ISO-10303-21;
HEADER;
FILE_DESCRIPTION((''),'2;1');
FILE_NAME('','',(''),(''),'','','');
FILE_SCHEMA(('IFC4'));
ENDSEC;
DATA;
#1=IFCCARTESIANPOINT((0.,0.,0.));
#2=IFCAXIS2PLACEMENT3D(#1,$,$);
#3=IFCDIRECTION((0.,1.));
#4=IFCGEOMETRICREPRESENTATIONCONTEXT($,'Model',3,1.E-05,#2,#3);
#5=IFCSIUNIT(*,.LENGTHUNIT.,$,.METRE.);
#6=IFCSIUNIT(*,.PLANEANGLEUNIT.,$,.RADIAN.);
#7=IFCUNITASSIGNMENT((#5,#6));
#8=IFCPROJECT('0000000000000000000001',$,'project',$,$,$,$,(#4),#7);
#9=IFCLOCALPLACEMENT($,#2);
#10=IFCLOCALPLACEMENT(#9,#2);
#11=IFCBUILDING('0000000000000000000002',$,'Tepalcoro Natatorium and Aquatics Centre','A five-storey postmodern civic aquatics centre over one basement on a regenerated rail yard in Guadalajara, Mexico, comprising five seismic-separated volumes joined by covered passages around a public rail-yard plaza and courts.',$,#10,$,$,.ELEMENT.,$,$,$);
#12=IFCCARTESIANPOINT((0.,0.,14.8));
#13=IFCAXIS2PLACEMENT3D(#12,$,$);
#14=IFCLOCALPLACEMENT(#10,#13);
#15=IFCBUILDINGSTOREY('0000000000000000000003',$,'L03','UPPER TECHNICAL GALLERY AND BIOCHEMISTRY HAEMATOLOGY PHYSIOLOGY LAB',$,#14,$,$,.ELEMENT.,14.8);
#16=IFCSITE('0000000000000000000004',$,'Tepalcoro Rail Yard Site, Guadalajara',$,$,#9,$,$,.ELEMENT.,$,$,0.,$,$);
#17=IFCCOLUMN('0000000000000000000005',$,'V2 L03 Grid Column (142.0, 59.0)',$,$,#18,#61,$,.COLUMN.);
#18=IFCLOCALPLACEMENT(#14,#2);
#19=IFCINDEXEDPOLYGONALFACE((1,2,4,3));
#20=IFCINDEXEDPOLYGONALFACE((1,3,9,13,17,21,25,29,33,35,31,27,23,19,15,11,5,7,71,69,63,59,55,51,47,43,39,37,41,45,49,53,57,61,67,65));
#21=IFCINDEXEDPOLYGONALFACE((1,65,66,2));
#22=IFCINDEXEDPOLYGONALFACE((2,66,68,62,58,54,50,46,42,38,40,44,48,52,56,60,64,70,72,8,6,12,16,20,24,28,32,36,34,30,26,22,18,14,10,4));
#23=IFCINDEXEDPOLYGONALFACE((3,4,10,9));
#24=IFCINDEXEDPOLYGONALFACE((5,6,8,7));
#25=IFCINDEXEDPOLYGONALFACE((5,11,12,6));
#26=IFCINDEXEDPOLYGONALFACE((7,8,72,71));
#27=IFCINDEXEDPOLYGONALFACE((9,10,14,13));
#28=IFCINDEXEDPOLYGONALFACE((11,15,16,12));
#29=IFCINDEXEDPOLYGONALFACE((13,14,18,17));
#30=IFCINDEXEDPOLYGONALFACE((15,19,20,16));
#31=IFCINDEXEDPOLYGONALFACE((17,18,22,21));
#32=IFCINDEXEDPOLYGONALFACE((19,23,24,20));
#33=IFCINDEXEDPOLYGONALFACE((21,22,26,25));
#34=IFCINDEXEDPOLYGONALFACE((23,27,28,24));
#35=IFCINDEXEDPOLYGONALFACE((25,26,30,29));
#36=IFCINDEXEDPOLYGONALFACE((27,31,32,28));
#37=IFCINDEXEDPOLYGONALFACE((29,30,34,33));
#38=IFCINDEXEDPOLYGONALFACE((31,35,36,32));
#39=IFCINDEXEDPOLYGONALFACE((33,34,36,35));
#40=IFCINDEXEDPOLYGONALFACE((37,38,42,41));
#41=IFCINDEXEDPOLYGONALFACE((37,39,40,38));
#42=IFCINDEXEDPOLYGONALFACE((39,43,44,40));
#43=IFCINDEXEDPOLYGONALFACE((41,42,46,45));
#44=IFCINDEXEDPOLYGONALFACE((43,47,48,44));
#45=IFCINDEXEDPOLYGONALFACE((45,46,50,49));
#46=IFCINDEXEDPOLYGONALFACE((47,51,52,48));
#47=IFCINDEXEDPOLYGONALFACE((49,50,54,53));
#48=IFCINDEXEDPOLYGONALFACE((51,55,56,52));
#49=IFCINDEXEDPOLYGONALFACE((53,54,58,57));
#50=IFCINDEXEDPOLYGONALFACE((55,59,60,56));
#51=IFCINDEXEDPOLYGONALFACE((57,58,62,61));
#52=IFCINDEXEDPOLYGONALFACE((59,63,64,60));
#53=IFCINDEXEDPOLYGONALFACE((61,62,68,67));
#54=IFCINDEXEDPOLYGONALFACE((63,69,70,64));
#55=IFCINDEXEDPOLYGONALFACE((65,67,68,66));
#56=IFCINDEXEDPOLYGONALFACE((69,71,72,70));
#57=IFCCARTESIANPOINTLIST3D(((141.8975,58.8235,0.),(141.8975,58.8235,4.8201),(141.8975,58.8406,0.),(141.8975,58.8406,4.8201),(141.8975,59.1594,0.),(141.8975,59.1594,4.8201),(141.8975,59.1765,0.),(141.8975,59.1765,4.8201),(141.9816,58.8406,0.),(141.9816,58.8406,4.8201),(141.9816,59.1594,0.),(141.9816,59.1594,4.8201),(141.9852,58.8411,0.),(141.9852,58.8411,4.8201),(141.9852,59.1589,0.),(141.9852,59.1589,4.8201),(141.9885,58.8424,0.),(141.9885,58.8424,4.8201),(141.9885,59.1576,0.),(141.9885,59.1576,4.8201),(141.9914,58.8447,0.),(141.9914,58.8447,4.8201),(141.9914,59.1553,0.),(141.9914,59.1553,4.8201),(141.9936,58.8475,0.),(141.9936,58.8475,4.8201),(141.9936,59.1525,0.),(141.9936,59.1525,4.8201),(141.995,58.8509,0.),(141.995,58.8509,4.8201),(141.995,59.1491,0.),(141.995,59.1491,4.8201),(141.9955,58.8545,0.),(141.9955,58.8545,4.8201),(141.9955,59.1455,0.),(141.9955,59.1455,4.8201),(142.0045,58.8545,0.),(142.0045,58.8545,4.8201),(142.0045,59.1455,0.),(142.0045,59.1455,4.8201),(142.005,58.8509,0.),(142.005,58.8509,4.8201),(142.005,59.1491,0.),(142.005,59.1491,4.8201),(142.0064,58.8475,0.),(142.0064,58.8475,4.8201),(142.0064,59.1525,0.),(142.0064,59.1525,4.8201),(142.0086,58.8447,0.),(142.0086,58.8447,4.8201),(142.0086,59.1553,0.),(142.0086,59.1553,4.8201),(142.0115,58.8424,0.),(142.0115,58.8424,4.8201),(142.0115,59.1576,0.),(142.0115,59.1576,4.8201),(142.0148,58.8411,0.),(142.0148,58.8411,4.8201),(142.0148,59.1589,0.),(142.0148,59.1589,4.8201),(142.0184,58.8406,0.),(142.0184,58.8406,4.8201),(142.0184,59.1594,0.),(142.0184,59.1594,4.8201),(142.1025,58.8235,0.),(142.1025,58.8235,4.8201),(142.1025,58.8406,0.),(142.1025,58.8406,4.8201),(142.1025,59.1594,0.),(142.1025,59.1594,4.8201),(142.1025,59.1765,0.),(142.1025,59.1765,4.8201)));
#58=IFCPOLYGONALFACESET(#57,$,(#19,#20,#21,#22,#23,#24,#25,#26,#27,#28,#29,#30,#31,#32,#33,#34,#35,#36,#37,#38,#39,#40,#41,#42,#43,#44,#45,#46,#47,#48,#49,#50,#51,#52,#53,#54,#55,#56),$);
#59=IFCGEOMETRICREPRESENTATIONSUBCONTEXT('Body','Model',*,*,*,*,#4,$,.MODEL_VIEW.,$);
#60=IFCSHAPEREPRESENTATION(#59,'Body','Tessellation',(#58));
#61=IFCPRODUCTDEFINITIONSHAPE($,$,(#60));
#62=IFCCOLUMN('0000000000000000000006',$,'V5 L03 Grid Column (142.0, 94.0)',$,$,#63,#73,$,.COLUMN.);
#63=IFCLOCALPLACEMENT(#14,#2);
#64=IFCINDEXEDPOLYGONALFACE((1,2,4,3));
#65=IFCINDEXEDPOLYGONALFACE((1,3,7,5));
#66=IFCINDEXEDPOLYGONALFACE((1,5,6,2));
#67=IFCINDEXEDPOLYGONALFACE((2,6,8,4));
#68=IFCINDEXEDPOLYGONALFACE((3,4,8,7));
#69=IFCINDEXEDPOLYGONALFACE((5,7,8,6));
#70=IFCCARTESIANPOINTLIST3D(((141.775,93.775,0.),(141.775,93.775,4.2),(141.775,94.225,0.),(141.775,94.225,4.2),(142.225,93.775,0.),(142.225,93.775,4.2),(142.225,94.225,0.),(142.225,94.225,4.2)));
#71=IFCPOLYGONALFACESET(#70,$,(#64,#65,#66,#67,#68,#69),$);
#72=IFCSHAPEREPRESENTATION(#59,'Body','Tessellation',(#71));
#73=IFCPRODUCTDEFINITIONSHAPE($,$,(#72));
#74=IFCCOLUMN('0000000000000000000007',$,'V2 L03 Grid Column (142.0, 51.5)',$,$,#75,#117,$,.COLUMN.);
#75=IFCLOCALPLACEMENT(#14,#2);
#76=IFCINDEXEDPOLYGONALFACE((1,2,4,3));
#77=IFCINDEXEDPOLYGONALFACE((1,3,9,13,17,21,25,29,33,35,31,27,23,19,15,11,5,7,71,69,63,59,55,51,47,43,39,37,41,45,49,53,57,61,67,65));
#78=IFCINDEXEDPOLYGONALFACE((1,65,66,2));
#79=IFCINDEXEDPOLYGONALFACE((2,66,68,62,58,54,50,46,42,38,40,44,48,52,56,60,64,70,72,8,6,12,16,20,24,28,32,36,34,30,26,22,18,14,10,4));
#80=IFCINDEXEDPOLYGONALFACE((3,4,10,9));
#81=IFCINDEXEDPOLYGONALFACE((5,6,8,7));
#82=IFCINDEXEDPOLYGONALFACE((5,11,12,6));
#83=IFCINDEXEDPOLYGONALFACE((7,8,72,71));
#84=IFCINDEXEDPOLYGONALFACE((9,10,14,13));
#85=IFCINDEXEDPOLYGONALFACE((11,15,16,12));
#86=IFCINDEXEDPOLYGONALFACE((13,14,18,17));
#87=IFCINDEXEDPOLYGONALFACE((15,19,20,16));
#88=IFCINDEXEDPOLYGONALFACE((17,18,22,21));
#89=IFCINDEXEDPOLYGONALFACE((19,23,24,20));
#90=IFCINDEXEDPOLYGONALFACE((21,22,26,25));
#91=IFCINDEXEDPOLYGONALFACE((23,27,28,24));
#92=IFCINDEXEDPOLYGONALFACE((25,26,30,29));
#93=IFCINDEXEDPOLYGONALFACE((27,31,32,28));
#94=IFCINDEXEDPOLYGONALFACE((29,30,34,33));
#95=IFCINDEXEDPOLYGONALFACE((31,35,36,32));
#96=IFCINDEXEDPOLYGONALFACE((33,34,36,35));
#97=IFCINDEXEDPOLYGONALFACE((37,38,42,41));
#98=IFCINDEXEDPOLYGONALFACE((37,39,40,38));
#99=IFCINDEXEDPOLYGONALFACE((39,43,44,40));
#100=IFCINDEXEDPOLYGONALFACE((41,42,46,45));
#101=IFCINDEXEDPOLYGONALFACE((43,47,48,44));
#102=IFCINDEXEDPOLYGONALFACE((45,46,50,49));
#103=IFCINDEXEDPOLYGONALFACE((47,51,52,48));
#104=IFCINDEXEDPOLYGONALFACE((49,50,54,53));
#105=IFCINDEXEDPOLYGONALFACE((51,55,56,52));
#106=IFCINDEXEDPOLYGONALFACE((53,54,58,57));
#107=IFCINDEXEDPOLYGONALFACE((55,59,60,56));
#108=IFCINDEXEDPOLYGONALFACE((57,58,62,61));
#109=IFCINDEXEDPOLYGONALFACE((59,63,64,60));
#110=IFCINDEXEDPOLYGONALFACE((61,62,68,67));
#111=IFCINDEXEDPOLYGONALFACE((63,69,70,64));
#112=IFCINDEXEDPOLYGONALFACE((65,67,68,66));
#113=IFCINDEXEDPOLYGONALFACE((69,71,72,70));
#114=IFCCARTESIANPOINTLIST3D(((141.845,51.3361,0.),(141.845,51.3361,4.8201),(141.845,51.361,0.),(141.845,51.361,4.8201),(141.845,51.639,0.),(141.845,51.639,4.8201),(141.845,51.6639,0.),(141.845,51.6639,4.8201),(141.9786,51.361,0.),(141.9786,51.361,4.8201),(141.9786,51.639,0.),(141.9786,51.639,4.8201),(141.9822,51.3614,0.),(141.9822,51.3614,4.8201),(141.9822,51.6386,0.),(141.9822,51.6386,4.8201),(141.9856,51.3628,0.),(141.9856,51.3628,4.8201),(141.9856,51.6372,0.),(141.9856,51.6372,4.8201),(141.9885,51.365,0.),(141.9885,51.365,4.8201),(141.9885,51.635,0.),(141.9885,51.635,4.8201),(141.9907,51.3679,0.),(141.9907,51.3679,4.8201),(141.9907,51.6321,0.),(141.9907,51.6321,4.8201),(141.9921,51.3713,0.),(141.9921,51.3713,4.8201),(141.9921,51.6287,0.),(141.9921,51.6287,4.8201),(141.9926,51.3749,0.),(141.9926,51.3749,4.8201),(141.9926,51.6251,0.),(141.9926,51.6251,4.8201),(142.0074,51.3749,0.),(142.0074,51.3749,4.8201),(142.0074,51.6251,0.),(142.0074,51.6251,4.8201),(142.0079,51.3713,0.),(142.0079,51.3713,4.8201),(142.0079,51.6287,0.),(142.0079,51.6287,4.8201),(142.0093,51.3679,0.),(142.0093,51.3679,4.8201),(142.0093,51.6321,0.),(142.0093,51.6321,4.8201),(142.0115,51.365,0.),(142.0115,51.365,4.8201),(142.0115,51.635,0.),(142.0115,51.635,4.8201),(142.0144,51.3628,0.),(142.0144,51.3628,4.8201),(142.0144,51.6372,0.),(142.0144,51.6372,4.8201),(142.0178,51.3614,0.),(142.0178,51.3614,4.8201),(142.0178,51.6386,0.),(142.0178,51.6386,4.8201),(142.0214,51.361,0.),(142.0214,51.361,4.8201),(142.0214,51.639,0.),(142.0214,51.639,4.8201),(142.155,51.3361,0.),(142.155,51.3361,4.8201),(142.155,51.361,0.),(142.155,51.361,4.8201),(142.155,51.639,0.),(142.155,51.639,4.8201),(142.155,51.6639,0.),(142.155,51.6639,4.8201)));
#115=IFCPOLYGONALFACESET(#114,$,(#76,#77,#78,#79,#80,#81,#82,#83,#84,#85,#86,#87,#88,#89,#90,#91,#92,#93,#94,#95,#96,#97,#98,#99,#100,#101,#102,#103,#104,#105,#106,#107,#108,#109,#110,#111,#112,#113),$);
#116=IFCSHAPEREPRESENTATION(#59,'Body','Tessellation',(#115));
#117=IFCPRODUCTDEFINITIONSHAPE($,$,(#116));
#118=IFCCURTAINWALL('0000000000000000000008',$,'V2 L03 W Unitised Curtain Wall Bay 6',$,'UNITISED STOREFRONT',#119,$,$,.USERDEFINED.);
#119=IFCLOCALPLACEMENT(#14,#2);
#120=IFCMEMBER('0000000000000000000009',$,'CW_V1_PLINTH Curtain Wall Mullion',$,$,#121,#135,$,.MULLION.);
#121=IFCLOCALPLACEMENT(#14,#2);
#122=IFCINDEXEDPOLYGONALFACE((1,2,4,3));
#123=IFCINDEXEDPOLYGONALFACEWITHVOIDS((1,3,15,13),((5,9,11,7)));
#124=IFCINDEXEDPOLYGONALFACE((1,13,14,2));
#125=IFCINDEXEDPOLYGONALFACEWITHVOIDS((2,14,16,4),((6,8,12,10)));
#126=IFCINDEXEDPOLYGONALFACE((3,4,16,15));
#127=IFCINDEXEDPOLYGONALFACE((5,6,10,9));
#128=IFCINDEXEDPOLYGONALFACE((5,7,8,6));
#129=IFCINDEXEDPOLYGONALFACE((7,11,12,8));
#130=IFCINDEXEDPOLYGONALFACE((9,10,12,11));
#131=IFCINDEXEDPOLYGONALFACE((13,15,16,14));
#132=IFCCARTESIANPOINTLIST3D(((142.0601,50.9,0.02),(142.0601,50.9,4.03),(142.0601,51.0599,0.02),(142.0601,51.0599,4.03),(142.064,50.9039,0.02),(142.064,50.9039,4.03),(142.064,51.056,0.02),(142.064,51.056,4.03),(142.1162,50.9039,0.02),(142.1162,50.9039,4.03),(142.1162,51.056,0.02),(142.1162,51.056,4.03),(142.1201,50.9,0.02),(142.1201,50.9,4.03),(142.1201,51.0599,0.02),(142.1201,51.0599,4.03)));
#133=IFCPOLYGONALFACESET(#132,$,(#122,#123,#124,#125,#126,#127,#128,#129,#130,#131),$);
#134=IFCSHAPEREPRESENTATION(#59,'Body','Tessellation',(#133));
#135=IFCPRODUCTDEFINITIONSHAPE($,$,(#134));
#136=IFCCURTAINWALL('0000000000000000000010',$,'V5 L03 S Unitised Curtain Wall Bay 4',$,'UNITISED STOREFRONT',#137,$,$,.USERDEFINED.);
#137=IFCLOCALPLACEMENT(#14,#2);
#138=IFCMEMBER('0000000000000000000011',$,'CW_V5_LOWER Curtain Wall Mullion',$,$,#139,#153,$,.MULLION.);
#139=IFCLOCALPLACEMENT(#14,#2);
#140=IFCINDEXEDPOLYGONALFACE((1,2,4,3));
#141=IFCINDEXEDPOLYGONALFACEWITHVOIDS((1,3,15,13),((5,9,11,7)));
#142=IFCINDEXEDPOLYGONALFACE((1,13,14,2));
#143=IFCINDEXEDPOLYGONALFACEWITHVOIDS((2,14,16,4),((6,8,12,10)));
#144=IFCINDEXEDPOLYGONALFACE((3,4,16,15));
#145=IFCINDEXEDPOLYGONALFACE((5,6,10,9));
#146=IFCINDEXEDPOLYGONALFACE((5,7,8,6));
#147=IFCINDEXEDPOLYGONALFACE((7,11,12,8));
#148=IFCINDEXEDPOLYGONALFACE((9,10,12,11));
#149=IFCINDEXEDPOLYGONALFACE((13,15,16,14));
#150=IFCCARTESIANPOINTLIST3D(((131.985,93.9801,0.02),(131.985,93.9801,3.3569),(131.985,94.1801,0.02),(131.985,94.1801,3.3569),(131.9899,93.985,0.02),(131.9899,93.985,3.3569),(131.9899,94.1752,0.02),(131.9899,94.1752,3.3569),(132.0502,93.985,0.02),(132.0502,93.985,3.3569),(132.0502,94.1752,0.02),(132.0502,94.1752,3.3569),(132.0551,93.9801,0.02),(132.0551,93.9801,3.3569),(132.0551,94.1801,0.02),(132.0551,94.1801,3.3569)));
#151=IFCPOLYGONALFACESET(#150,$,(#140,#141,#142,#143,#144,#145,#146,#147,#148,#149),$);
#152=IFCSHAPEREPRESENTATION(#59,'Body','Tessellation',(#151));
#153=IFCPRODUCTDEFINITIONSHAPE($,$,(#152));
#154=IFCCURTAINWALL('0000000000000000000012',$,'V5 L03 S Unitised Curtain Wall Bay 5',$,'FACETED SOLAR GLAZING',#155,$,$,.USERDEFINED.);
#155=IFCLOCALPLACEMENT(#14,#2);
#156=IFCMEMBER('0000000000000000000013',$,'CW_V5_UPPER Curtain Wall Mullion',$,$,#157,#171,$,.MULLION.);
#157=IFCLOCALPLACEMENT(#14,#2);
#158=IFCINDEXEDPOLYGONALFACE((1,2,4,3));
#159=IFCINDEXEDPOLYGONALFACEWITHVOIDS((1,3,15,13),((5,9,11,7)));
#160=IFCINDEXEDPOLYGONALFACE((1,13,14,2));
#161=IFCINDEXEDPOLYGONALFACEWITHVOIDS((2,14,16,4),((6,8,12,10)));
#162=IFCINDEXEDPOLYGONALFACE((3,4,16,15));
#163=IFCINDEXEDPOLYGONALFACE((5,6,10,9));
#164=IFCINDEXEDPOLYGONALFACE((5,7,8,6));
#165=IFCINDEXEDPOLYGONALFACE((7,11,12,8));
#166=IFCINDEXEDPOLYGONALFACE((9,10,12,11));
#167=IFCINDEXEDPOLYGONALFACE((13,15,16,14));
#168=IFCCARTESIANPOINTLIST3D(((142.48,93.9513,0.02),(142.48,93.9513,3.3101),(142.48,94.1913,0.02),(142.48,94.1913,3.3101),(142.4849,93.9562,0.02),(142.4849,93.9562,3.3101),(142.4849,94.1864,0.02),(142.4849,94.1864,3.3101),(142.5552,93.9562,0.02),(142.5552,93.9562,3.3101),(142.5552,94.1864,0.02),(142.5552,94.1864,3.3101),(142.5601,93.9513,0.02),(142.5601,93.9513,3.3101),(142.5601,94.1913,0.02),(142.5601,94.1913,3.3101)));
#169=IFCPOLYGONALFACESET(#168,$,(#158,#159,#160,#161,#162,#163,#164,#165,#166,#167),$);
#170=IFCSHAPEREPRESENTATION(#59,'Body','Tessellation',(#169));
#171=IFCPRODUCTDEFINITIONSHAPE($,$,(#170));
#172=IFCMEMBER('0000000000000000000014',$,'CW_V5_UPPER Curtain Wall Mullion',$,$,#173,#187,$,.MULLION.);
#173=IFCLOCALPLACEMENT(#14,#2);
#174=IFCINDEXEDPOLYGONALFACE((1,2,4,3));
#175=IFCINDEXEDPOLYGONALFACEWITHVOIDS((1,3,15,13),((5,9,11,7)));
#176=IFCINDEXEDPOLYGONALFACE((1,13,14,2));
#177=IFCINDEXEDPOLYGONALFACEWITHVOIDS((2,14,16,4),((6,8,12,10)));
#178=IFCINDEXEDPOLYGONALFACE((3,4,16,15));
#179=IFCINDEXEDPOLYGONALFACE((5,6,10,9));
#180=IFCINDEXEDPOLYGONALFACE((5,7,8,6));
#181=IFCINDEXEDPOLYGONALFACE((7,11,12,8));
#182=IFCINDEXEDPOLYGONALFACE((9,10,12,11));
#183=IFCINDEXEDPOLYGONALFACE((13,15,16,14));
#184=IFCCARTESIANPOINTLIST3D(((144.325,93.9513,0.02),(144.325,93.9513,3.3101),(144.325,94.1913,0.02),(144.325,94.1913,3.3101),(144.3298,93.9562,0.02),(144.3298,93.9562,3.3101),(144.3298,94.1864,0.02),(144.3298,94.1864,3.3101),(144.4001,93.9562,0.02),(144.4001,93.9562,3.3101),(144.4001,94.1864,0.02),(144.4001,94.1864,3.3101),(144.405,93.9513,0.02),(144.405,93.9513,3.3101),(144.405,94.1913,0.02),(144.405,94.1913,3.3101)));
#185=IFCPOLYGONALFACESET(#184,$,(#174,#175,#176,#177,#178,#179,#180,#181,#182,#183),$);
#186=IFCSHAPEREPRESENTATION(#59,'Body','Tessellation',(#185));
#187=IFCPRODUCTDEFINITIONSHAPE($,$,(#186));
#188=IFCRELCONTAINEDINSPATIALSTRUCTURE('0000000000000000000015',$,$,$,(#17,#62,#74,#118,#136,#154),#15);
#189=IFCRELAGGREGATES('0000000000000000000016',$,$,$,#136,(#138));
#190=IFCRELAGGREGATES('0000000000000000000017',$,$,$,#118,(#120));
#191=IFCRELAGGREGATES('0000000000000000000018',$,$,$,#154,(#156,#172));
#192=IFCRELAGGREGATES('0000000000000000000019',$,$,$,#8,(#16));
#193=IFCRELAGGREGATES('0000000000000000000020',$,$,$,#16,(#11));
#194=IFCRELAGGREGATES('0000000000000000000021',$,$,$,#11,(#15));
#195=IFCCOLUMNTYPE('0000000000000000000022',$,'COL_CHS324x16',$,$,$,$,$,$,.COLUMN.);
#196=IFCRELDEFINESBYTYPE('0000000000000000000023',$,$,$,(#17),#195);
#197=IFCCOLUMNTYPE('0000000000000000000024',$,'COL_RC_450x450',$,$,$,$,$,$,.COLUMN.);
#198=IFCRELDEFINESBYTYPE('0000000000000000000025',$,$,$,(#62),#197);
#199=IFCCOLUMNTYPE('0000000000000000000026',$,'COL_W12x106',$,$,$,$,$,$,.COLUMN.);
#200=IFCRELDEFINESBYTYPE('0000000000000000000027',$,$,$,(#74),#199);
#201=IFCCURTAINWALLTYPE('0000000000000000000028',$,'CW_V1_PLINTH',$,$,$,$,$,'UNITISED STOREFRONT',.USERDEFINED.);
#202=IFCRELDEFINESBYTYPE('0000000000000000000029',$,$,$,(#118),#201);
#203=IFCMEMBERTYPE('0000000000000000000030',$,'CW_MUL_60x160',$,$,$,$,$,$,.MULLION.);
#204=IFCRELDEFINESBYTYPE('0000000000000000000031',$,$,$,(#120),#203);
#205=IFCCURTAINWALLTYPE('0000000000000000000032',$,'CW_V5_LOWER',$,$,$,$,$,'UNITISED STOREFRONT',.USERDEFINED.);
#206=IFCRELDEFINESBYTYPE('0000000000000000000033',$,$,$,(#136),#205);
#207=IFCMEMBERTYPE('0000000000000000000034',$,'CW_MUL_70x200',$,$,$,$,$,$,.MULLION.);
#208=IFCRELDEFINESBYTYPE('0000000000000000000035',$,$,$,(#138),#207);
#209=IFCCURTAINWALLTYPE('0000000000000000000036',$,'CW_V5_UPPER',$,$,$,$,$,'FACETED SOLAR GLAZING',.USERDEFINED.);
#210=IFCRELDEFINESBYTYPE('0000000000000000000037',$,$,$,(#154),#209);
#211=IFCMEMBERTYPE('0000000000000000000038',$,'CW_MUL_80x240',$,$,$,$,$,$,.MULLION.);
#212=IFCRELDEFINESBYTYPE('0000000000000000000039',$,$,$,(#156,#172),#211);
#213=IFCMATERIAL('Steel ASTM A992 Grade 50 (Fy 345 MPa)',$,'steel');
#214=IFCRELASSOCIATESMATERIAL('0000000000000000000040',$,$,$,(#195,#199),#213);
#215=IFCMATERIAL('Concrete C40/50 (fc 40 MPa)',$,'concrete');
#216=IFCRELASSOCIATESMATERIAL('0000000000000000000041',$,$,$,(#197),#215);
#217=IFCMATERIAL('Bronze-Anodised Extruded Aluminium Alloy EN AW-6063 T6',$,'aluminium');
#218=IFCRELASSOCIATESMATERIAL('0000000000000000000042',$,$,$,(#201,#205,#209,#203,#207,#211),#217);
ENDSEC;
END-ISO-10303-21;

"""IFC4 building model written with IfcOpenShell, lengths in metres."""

from ifc_helpers import new_model, si_unit, direction, frame, origin, origin_2d, place, context, subcontext, project, spatial, rectangle, hollow_rectangle, i_section, extrude, material, material_profile, profile_set, type_object, element, aggregate, save


model = new_model("IFC4")

# Units and contexts
model_context = context("Model", 3, precision=1e-05, world=origin(), true_north=direction((0.0, 1.0)))
body_context = subcontext(model_context, "Body", "Model", "MODEL_VIEW")
ifc_project = project(units=[si_unit("LENGTHUNIT", "METRE"), si_unit("PLANEANGLEUNIT", "RADIAN")], contexts=[model_context])

# Site, building, storey
site_placement = place(None, origin())
site = spatial("IfcSite", under=ifc_project, at=site_placement, Name="Tepalcoro Rail Yard Site, Guadalajara", CompositionType="ELEMENT", RefElevation=0.0)
building_placement = place(site_placement, origin())
building = spatial("IfcBuilding", under=site, at=building_placement, Name="Tepalcoro Natatorium and Aquatics Centre", Description="A five-storey postmodern civic aquatics centre over one basement on a regenerated rail yard in Guadalajara, Mexico, comprising five seismic-separated volumes joined by covered passages around a public rail-yard plaza and courts.", CompositionType="ELEMENT")
storey_placement = place(building_placement, frame((0.0, 0.0, 14.8)))
storey = spatial("IfcBuildingStorey", under=building, at=storey_placement, Name="L03", Description="UPPER TECHNICAL GALLERY AND BIOCHEMISTRY HAEMATOLOGY PHYSIOLOGY LAB", CompositionType="ELEMENT", Elevation=14.8)

# Columns
ifc_material_1 = material(Name="Steel ASTM A992 Grade 50 (Fy 345 MPa)", Category="steel")
ifc_material_profile_1 = material_profile(ifc_material_1, i_section(OverallWidth=0.2051, OverallDepth=0.353, WebThickness=0.009, FlangeThickness=0.0171, FilletRadius=0.0139, at=origin_2d()), Name="W14X53")
ifc_profile_set_1 = profile_set([ifc_material_profile_1], Name="Steel ASTM A992 Grade 50 (Fy 345 MPa)")
column_type_1 = type_object("IfcColumnType", Name="COL_CHS324x16", PredefinedType="COLUMN", material=ifc_profile_set_1)
column_1_placement = place(storey_placement, frame((142.0, 59.0, 0.0), z_axis=(0.0, 0.0, 1.0), x_axis=(1.0, 0.0, 0.0)))
element("IfcColumn", 1, at=column_1_placement, inside=storey, type_object=column_type_1, Name="V2 L03 Grid Column (142.0, 59.0)", PredefinedType="COLUMN", context=body_context, shape_type="SweptSolid", body=[
    extrude(i_section(OverallWidth=0.2051, OverallDepth=0.353, WebThickness=0.009, FlangeThickness=0.0171, FilletRadius=0.0139, at=origin_2d()), origin(), (0.0, 0.0, 1.0), 4.8201),
])
ifc_material_2 = material(Name="Concrete C40/50 (fc 40 MPa)", Category="concrete")
ifc_material_profile_2 = material_profile(ifc_material_2, rectangle(XDim=0.45, YDim=0.45, at=origin_2d()), Name="RC450x450")
ifc_profile_set_2 = profile_set([ifc_material_profile_2], Name="Concrete C40/50 (fc 40 MPa)")
column_type_2 = type_object("IfcColumnType", Name="COL_RC_450x450", PredefinedType="COLUMN", material=ifc_profile_set_2)
column_2_placement = place(storey_placement, frame((142.0, 94.0, 0.0), z_axis=(0.0, 0.0, 1.0), x_axis=(1.0, 0.0, 0.0)))
element("IfcColumn", 2, at=column_2_placement, inside=storey, type_object=column_type_2, Name="V5 L03 Grid Column (142.0, 94.0)", PredefinedType="COLUMN", context=body_context, shape_type="SweptSolid", body=[
    extrude(rectangle(XDim=0.45, YDim=0.45, at=origin_2d()), origin(), (0.0, 0.0, 1.0), 4.2),
])
ifc_material_profile_3 = material_profile(ifc_material_1, i_section(OverallWidth=0.3101, OverallDepth=0.3279, WebThickness=0.0149, FlangeThickness=0.0249, FilletRadius=0.0139, at=origin_2d()), Name="W12X106")
ifc_profile_set_3 = profile_set([ifc_material_profile_3], Name="Steel ASTM A992 Grade 50 (Fy 345 MPa)")
column_type_3 = type_object("IfcColumnType", Name="COL_W12x106", PredefinedType="COLUMN", material=ifc_profile_set_3)
column_3_placement = place(storey_placement, frame((142.0, 51.5, 0.0), z_axis=(0.0, 0.0, 1.0), x_axis=(1.0, 0.0, 0.0)))
element("IfcColumn", 3, at=column_3_placement, inside=storey, type_object=column_type_3, Name="V2 L03 Grid Column (142.0, 51.5)", PredefinedType="COLUMN", context=body_context, shape_type="SweptSolid", body=[
    extrude(i_section(OverallWidth=0.3101, OverallDepth=0.3279, WebThickness=0.0149, FlangeThickness=0.0249, FilletRadius=0.0139, at=origin_2d()), origin(), (0.0, 0.0, 1.0), 4.8201),
])

# Curtain walls, members
ifc_material_3 = material(Name="Bronze-Anodised Extruded Aluminium Alloy EN AW-6063 T6", Category="aluminium")
curtain_wall_type_1 = type_object("IfcCurtainWallType", Name="CW_V1_PLINTH", ElementType="UNITISED STOREFRONT", PredefinedType="USERDEFINED", material=ifc_material_3)
curtain_wall_1_placement = place(storey_placement, origin())
curtain_wall_1 = element("IfcCurtainWall", 4, at=curtain_wall_1_placement, inside=storey, type_object=curtain_wall_type_1, Name="V2 L03 W Unitised Curtain Wall Bay 6", ObjectType="UNITISED STOREFRONT", PredefinedType="USERDEFINED")
ifc_material_profile_4 = material_profile(ifc_material_3, hollow_rectangle(XDim=0.0601, YDim=0.1599, WallThickness=0.0039, at=origin_2d()), Name="AL60X160X4")
ifc_profile_set_4 = profile_set([ifc_material_profile_4], Name="Bronze-Anodised Extruded Aluminium Alloy EN AW-6063 T6")
member_type_1 = type_object("IfcMemberType", Name="CW_MUL_60x160", PredefinedType="MULLION", material=ifc_profile_set_4)
member_1_placement = place(storey_placement, frame((142.0901, 50.98, 0.02), z_axis=(0.0, 0.0, 1.0), x_axis=(1.0, 0.0, 0.0)))
member_1 = element("IfcMember", 5, at=member_1_placement, type_object=member_type_1, Name="CW_V1_PLINTH Curtain Wall Mullion", PredefinedType="MULLION", context=body_context, shape_type="SweptSolid", body=[
    extrude(hollow_rectangle(XDim=0.0601, YDim=0.1599, WallThickness=0.0039, at=origin_2d()), origin(), (0.0, 0.0, 1.0), 4.01),
])
curtain_wall_type_2 = type_object("IfcCurtainWallType", Name="CW_V5_LOWER", ElementType="UNITISED STOREFRONT", PredefinedType="USERDEFINED", material=ifc_material_3)
curtain_wall_2_placement = place(storey_placement, origin())
curtain_wall_2 = element("IfcCurtainWall", 6, at=curtain_wall_2_placement, inside=storey, type_object=curtain_wall_type_2, Name="V5 L03 S Unitised Curtain Wall Bay 4", ObjectType="UNITISED STOREFRONT", PredefinedType="USERDEFINED")
ifc_material_profile_5 = material_profile(ifc_material_3, hollow_rectangle(XDim=0.0701, YDim=0.2, WallThickness=0.0049, at=origin_2d()), Name="AL70X200X5")
ifc_profile_set_5 = profile_set([ifc_material_profile_5], Name="Bronze-Anodised Extruded Aluminium Alloy EN AW-6063 T6")
member_type_2 = type_object("IfcMemberType", Name="CW_MUL_70x200", PredefinedType="MULLION", material=ifc_profile_set_5)
member_2_placement = place(storey_placement, frame((132.02, 94.0801, 0.02), z_axis=(0.0, 0.0, 1.0), x_axis=(1.0, 0.0, 0.0)))
member_2 = element("IfcMember", 7, at=member_2_placement, type_object=member_type_2, Name="CW_V5_LOWER Curtain Wall Mullion", PredefinedType="MULLION", context=body_context, shape_type="SweptSolid", body=[
    extrude(hollow_rectangle(XDim=0.0701, YDim=0.2, WallThickness=0.0049, at=origin_2d()), origin(), (0.0, 0.0, 1.0), 3.3369),
])

# Curtain wall, members
curtain_wall_type_3 = type_object("IfcCurtainWallType", Name="CW_V5_UPPER", ElementType="FACETED SOLAR GLAZING", PredefinedType="USERDEFINED", material=ifc_material_3)
curtain_wall_3_placement = place(storey_placement, origin())
curtain_wall_3 = element("IfcCurtainWall", 8, at=curtain_wall_3_placement, inside=storey, type_object=curtain_wall_type_3, Name="V5 L03 S Unitised Curtain Wall Bay 5", ObjectType="FACETED SOLAR GLAZING", PredefinedType="USERDEFINED")
ifc_material_profile_6 = material_profile(ifc_material_3, hollow_rectangle(XDim=0.0801, YDim=0.24, WallThickness=0.0049, at=origin_2d()), Name="AL80X240X5")
ifc_profile_set_6 = profile_set([ifc_material_profile_6], Name="Bronze-Anodised Extruded Aluminium Alloy EN AW-6063 T6")
member_type_3 = type_object("IfcMemberType", Name="CW_MUL_80x240", PredefinedType="MULLION", material=ifc_profile_set_6)
member_3_placement = place(storey_placement, frame((142.52, 94.0713, 0.02), z_axis=(0.0, 0.0, 1.0), x_axis=(1.0, 0.0, 0.0)))
member_3 = element("IfcMember", 9, at=member_3_placement, type_object=member_type_3, Name="CW_V5_UPPER Curtain Wall Mullion", PredefinedType="MULLION", context=body_context, shape_type="SweptSolid", body=[
    extrude(hollow_rectangle(XDim=0.0801, YDim=0.24, WallThickness=0.0049, at=origin_2d()), origin(), (0.0, 0.0, 1.0), 3.29),
])
member_4_placement = place(storey_placement, frame((144.365, 94.0713, 0.02), z_axis=(0.0, 0.0, 1.0), x_axis=(1.0, 0.0, 0.0)))
member_4 = element("IfcMember", 10, at=member_4_placement, type_object=member_type_3, Name="CW_V5_UPPER Curtain Wall Mullion", PredefinedType="MULLION", context=body_context, shape_type="SweptSolid", body=[
    extrude(hollow_rectangle(XDim=0.0801, YDim=0.24, WallThickness=0.0049, at=origin_2d()), origin(), (0.0, 0.0, 1.0), 3.29),
])

aggregate(curtain_wall_2, [member_2])

aggregate(curtain_wall_1, [member_1])
aggregate(curtain_wall_3, [member_3, member_4])

save(model, "model.ifc")
